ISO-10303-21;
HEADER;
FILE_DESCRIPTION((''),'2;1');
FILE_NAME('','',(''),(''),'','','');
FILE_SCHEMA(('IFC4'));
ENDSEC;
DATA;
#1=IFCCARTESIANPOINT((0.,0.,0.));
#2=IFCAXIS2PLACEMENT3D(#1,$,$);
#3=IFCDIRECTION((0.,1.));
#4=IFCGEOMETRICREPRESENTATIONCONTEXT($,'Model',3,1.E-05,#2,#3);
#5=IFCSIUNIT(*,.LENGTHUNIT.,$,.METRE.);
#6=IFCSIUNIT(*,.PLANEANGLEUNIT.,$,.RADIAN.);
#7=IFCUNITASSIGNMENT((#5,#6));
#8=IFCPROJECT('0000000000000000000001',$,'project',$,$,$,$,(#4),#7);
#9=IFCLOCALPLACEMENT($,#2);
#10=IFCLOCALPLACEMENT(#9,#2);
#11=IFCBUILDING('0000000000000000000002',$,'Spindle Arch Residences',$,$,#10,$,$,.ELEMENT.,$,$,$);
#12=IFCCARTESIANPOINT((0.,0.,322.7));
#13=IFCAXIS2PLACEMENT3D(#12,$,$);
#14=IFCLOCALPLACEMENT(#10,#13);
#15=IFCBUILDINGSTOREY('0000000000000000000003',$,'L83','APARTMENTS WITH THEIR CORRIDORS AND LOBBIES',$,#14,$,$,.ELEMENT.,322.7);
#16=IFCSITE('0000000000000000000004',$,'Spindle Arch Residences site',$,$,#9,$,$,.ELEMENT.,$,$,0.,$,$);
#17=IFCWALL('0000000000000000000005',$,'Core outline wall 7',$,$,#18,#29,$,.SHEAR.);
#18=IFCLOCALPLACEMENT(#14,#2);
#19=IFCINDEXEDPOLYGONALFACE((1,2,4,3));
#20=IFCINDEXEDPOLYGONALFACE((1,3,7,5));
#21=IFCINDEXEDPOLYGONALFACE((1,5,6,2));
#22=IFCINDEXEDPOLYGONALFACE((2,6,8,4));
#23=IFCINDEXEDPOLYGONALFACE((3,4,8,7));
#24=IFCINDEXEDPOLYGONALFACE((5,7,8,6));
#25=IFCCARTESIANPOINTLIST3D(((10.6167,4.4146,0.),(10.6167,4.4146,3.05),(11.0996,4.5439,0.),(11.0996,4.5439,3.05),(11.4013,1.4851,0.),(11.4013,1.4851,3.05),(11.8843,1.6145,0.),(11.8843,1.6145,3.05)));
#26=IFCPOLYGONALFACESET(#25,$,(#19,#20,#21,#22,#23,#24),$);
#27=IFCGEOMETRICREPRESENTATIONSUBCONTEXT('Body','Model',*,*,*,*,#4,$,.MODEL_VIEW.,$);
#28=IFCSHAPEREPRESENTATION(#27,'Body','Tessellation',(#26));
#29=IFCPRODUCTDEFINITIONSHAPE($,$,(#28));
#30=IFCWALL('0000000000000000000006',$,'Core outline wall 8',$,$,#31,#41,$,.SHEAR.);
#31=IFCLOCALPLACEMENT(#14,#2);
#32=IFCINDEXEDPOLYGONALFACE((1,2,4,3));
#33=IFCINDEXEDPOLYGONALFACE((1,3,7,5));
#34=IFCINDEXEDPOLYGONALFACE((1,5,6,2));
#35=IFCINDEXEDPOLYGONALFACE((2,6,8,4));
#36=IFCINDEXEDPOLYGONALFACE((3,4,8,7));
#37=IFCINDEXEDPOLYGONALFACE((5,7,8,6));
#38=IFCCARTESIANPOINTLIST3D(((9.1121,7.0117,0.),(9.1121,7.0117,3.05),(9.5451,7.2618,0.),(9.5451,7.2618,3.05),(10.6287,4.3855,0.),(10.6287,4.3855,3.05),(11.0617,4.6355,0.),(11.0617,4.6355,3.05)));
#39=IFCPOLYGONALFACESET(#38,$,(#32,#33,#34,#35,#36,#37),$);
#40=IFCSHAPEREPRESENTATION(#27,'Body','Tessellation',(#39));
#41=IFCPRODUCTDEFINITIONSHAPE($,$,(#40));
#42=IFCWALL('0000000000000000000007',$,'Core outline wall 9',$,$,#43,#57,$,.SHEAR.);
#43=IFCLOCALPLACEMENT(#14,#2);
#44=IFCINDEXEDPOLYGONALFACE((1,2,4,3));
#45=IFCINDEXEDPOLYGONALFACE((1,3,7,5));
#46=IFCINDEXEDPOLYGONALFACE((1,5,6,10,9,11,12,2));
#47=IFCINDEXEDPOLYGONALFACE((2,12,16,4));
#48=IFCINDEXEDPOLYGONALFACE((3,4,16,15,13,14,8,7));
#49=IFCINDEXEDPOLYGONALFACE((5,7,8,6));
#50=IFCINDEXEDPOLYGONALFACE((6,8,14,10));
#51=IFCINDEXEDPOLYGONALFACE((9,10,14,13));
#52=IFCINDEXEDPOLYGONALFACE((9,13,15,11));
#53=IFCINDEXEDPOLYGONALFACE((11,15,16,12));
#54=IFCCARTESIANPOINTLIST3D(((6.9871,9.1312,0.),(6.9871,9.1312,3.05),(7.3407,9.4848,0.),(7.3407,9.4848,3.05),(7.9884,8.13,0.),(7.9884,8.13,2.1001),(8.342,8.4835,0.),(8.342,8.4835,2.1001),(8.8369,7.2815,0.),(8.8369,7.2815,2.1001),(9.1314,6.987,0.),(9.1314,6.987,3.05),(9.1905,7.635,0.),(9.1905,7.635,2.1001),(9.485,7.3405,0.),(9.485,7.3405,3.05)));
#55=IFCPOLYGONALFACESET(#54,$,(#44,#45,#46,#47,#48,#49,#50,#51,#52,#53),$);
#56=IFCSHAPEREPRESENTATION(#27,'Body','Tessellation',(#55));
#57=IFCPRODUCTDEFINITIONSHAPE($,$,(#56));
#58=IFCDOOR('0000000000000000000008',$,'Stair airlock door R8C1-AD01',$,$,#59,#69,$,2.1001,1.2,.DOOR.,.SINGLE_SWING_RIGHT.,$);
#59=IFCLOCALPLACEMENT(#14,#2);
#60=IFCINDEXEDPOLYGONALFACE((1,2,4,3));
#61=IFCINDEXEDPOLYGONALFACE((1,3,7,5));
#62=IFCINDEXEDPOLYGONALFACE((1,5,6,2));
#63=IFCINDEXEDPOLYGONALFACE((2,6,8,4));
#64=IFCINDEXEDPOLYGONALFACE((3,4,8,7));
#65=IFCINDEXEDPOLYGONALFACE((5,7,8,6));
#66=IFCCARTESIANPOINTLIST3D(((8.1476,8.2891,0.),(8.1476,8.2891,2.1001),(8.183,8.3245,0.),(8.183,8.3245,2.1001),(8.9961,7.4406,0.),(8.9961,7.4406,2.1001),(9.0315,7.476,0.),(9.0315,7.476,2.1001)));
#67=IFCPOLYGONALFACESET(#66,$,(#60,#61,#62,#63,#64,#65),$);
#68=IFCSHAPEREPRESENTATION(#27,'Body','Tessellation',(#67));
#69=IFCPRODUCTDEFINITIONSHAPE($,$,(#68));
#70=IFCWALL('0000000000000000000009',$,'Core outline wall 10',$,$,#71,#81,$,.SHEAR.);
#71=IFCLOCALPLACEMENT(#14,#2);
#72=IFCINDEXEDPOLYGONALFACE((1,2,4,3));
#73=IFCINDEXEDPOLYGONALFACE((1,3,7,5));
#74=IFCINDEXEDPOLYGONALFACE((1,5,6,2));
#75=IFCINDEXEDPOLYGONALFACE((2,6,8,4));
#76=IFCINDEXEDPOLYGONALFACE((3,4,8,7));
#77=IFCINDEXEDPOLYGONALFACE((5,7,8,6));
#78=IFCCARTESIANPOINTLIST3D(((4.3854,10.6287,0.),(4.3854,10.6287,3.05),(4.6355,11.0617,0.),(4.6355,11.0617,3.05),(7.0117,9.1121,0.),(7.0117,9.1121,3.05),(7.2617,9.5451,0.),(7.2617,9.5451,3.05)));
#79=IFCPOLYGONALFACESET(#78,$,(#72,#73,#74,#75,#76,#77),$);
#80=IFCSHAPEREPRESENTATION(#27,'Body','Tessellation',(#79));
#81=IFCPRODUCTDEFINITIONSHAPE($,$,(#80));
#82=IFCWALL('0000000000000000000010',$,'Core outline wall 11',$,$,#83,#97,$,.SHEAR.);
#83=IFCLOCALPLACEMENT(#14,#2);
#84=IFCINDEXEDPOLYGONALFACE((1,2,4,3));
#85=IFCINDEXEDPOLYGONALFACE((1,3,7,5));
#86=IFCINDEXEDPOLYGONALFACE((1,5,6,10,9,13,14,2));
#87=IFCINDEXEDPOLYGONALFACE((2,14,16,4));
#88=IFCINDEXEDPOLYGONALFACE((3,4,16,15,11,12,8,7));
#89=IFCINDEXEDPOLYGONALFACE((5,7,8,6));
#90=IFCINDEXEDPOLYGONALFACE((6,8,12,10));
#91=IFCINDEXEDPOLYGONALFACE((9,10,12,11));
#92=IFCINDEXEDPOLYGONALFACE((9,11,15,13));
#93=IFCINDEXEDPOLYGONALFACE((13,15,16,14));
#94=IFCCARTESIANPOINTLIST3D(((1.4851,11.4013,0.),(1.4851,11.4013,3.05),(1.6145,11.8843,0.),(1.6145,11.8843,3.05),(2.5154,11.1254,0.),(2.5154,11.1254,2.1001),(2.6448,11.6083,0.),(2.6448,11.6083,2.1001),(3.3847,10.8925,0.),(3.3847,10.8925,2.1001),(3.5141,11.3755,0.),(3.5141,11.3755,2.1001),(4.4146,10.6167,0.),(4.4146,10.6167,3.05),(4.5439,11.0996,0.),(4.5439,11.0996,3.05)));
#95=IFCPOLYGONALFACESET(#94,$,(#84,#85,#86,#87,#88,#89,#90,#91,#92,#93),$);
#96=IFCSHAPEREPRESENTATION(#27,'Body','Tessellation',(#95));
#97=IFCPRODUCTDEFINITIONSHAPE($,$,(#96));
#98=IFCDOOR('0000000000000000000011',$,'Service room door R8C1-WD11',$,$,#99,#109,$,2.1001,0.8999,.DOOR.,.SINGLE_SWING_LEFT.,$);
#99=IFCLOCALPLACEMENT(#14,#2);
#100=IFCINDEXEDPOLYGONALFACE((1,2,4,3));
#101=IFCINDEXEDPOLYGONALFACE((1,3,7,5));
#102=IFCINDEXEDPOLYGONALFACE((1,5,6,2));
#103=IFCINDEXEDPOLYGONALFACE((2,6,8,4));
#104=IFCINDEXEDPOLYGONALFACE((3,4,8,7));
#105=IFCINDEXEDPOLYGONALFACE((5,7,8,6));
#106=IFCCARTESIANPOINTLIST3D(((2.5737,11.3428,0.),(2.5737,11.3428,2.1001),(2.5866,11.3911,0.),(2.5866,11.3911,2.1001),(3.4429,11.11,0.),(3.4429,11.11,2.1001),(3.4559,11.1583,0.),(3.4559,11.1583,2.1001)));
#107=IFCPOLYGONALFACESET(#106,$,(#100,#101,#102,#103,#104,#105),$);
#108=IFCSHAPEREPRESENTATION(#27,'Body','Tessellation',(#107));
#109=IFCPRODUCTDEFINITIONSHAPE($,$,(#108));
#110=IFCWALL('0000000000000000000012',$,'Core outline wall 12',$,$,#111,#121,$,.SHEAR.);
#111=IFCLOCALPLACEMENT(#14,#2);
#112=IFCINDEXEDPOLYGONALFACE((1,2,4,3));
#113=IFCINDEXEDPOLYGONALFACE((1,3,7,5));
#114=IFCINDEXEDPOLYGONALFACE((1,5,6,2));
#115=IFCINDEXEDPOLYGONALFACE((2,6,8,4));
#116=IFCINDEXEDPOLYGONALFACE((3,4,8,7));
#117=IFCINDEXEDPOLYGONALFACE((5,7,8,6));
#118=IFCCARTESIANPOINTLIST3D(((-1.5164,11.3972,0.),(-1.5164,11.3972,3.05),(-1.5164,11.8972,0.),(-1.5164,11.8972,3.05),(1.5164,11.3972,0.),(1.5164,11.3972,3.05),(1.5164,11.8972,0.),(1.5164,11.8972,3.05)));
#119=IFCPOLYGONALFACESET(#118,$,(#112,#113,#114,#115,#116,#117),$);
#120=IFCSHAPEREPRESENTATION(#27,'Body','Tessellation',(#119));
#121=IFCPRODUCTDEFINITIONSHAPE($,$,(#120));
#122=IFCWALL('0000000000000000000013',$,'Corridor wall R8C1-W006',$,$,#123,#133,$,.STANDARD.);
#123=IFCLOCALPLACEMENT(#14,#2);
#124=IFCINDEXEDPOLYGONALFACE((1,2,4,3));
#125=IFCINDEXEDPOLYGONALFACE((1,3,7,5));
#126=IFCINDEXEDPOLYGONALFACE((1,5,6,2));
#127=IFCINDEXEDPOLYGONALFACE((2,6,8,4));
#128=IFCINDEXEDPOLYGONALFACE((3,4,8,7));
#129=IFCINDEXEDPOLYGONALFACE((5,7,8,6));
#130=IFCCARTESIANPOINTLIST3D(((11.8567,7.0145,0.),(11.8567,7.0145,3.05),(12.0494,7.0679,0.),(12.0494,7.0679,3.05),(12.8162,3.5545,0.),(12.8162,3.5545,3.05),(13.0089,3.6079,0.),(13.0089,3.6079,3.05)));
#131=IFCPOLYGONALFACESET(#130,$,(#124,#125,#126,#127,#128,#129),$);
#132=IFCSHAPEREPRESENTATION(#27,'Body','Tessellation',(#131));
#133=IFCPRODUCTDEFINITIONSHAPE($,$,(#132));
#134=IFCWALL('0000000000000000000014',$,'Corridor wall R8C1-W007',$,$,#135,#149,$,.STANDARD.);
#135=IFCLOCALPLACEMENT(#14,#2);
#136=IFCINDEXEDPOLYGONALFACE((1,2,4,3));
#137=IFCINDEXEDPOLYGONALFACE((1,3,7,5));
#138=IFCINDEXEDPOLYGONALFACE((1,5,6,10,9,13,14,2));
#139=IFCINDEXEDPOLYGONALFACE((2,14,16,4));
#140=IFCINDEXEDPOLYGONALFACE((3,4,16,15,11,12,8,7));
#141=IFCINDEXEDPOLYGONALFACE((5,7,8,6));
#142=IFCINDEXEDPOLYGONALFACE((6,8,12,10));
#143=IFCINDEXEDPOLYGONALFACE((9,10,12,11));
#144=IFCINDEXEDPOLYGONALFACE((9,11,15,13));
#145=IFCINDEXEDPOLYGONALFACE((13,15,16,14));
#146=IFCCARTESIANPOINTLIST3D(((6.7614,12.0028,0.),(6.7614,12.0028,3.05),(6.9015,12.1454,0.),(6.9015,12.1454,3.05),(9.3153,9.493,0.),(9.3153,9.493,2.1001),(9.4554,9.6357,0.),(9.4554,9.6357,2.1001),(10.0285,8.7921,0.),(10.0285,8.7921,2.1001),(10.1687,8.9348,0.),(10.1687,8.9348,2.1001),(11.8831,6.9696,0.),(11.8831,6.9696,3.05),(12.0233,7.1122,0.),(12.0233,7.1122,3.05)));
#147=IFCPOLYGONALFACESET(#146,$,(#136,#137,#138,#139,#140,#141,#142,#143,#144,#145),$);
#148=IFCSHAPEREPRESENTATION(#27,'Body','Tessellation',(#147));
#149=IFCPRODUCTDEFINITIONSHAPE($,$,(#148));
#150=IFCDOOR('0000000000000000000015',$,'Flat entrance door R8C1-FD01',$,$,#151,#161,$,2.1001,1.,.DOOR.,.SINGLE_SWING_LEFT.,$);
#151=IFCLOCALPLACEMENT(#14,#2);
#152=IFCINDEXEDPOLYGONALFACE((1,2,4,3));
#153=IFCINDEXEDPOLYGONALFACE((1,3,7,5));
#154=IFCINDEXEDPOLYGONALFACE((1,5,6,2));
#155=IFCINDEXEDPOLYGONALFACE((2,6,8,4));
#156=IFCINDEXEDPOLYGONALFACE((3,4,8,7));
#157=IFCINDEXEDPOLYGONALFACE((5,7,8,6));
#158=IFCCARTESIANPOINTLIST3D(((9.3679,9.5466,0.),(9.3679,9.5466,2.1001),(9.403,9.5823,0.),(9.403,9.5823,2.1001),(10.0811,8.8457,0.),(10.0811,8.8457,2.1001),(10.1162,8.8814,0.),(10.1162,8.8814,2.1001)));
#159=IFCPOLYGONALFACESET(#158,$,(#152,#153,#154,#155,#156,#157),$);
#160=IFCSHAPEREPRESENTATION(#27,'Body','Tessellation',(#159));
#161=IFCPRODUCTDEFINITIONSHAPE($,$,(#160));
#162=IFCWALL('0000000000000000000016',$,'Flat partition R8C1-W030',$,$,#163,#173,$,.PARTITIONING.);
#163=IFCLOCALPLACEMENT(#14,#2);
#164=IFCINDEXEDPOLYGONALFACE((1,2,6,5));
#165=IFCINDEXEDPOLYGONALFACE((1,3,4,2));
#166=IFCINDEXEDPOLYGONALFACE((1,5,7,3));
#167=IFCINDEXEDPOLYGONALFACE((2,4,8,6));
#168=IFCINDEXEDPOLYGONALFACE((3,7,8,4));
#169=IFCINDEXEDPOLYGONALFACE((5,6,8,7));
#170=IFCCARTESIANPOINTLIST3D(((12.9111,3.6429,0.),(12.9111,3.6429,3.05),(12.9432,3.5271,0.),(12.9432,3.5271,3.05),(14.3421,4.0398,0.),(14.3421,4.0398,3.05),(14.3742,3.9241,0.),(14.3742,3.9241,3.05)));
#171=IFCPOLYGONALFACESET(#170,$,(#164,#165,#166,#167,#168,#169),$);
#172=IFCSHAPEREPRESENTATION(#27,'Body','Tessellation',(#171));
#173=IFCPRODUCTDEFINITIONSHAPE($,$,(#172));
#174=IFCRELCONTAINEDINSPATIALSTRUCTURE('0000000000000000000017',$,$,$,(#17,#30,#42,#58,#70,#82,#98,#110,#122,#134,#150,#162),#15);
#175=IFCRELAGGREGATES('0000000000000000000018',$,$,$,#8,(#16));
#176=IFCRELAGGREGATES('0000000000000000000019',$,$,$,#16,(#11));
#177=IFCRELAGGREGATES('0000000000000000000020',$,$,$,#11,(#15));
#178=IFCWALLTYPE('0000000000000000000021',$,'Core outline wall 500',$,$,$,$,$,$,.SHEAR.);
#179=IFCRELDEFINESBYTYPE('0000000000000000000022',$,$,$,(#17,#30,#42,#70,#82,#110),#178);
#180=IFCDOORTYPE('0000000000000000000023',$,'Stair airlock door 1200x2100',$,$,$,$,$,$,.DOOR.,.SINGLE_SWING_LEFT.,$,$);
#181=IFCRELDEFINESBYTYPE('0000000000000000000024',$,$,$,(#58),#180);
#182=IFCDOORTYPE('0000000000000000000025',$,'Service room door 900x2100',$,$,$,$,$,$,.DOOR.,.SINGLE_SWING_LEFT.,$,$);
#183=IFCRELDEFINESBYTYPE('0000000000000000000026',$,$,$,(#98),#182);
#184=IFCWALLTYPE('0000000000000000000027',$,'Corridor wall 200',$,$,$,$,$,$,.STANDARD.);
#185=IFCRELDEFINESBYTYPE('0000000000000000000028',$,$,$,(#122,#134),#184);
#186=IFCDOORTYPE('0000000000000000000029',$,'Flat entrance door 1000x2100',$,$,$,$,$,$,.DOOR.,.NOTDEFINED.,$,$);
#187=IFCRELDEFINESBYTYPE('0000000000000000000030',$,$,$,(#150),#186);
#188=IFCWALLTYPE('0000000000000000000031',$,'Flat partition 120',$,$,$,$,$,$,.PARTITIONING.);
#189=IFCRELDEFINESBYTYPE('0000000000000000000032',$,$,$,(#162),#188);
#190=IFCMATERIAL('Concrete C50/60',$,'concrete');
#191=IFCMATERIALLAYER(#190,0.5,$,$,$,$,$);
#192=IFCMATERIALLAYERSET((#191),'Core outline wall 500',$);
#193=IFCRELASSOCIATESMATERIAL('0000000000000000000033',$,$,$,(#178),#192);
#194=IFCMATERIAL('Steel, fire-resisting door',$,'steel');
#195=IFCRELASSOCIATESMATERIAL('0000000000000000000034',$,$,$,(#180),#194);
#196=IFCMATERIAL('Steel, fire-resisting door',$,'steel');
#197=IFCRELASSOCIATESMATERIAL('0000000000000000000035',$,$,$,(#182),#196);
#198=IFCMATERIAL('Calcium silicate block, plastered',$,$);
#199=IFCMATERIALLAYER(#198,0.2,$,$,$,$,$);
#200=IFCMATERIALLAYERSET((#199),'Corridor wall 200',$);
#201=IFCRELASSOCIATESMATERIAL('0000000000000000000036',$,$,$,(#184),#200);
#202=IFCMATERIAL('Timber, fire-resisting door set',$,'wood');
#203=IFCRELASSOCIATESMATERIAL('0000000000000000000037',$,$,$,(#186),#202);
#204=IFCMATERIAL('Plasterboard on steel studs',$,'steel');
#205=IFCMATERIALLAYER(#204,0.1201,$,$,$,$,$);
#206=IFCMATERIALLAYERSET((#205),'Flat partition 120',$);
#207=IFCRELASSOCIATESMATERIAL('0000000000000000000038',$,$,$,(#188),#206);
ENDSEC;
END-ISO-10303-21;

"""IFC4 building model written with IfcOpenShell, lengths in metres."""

from ifc_helpers import new_model, si_unit, direction, frame, frame_2d, origin, place, context, subcontext, project, spatial, rectangle, extrude, material, layer, layer_set, type_object, element, fill, save


model = new_model("IFC4")

# Units and contexts
model_context = context("Model", 3, precision=1e-05, world=origin(), true_north=direction((0.0, 1.0)))
body_context = subcontext(model_context, "Body", "Model", "MODEL_VIEW")
ifc_project = project(units=[si_unit("LENGTHUNIT", "METRE"), si_unit("PLANEANGLEUNIT", "RADIAN")], contexts=[model_context])

# Site, building, storey
site_placement = place(None, origin())
site = spatial("IfcSite", under=ifc_project, at=site_placement, Name="Spindle Arch Residences site", CompositionType="ELEMENT", RefElevation=0.0)
building_placement = place(site_placement, origin())
building = spatial("IfcBuilding", under=site, at=building_placement, Name="Spindle Arch Residences", CompositionType="ELEMENT")
storey_placement = place(building_placement, frame((0.0, 0.0, 322.7)))
storey = spatial("IfcBuildingStorey", under=building, at=storey_placement, Name="L83", Description="APARTMENTS WITH THEIR CORRIDORS AND LOBBIES", CompositionType="ELEMENT", Elevation=322.7)

# Walls
ifc_material_1 = material(Name="Concrete C50/60", Category="concrete")
ifc_layer_1 = layer(ifc_material_1, 0.5)
ifc_layer_set_1 = layer_set([ifc_layer_1], Name="Core outline wall 500")
wall_type_1 = type_object("IfcWallType", Name="Core outline wall 500", PredefinedType="SHEAR", material=ifc_layer_set_1)
for number, where, z_axis, x_axis, name in (
    (1, (11.6428, 1.5498, 0.0), (0.0, 0.0, 1.0), (-0.258735, 0.965948, 0.0), "Core outline wall 7"),
    (2, (10.8452, 4.5105, 0.0), (0.0, 0.0, 1.0), (-0.500087, 0.865975, 0.0), "Core outline wall 8"),
):
    element("IfcWall", number, at=place(storey_placement, frame(where, z_axis=z_axis, x_axis=x_axis)), inside=storey, type_object=wall_type_1, Name=name, PredefinedType="SHEAR", context=body_context, shape_type="SweptSolid", body=[
        extrude(rectangle(XDim=3.0327, YDim=0.5, at=frame_2d((1.5164, 0.0))), origin(), (0.0, 0.0, 1.0), 3.05),
    ])

# Wall, opening, door
wall_1_placement = place(storey_placement, frame((9.3081, 7.1638, 0.0), z_axis=(0.0, 0.0, 1.0), x_axis=(-0.707107, 0.707107, 0.0)))
wall_1 = element("IfcWall", 3, at=wall_1_placement, inside=storey, type_object=wall_type_1, Name="Core outline wall 9", PredefinedType="SHEAR", context=body_context, shape_type="SweptSolid", body=[
    extrude(rectangle(XDim=3.0325, YDim=0.5, at=frame_2d((1.5161, 0.0))), origin(), (0.0, 0.0, 1.0), 3.05),
])
opening_1_placement = place(wall_1_placement, frame((0.4163, 0.0, 0.0)))
opening_1 = element("IfcOpeningElement", 4, at=opening_1_placement, cuts=wall_1, PredefinedType="OPENING", context=body_context, shape_type="SweptSolid", body=[
    extrude(rectangle(XDim=1.2, YDim=2.1001, at=frame_2d((0.6001, 1.05))), frame((0.0, 0.26, 0.0), z_axis=(0.0, -1.0, 0.0), x_axis=(1.0, 0.0, 0.0)), (0.0, 0.0, 1.0), 0.52),
])
ifc_material_2 = material(Name="Steel, fire-resisting door", Category="steel")
door_type_1 = type_object("IfcDoorType", Name="Stair airlock door 1200x2100", OperationType="SINGLE_SWING_LEFT", PredefinedType="DOOR", material=ifc_material_2)
door_1_placement = place(opening_1_placement, origin())
door_1 = element("IfcDoor", 5, at=door_1_placement, inside=storey, type_object=door_type_1, Name="Stair airlock door R8C1-AD01", OperationType="SINGLE_SWING_RIGHT", OverallHeight=2.1001, OverallWidth=1.2, PredefinedType="DOOR", context=body_context, shape_type="SweptSolid", body=[
    extrude(rectangle(XDim=1.2, YDim=2.1001, at=frame_2d((0.6001, 1.05))), frame((0.0, 0.0249, 0.0), z_axis=(0.0, -1.0, 0.0), x_axis=(1.0, 0.0, 0.0)), (0.0, 0.0, 1.0), 0.05),
])
fill(opening_1, door_1)

# Wall
wall_2_placement = place(storey_placement, frame((7.1367, 9.3286, 0.0), z_axis=(0.0, 0.0, 1.0), x_axis=(-0.865975, 0.500087, 0.0)))
element("IfcWall", 6, at=wall_2_placement, inside=storey, type_object=wall_type_1, Name="Core outline wall 10", PredefinedType="SHEAR", context=body_context, shape_type="SweptSolid", body=[
    extrude(rectangle(XDim=3.0327, YDim=0.5, at=frame_2d((1.5164, 0.0))), origin(), (0.0, 0.0, 1.0), 3.05),
])

# Wall, opening, door
wall_3_placement = place(storey_placement, frame((4.4792, 10.8582, 0.0), z_axis=(0.0, 0.0, 1.0), x_axis=(-0.965948, 0.258735, 0.0)))
wall_3 = element("IfcWall", 7, at=wall_3_placement, inside=storey, type_object=wall_type_1, Name="Core outline wall 11", PredefinedType="SHEAR", context=body_context, shape_type="SweptSolid", body=[
    extrude(rectangle(XDim=3.0327, YDim=0.5, at=frame_2d((1.5164, 0.0))), origin(), (0.0, 0.0, 1.0), 3.05),
])
opening_2_placement = place(wall_3_placement, frame((1.0662, 0.0, 0.0)))
opening_2 = element("IfcOpeningElement", 8, at=opening_2_placement, cuts=wall_3, PredefinedType="OPENING", context=body_context, shape_type="SweptSolid", body=[
    extrude(rectangle(XDim=0.8999, YDim=2.1001, at=frame_2d((0.45, 1.05))), frame((0.0, 0.26, 0.0), z_axis=(0.0, -1.0, 0.0), x_axis=(1.0, 0.0, 0.0)), (0.0, 0.0, 1.0), 0.52),
])
ifc_material_3 = material(Name="Steel, fire-resisting door", Category="steel")
door_type_2 = type_object("IfcDoorType", Name="Service room door 900x2100", OperationType="SINGLE_SWING_LEFT", PredefinedType="DOOR", material=ifc_material_3)
door_2_placement = place(opening_2_placement, origin())
door_2 = element("IfcDoor", 9, at=door_2_placement, inside=storey, type_object=door_type_2, Name="Service room door R8C1-WD11", OperationType="SINGLE_SWING_LEFT", OverallHeight=2.1001, OverallWidth=0.8999, PredefinedType="DOOR", context=body_context, shape_type="SweptSolid", body=[
    extrude(rectangle(XDim=0.8999, YDim=2.1001, at=frame_2d((0.45, 1.05))), frame((0.0, 0.0249, 0.0), z_axis=(0.0, -1.0, 0.0), x_axis=(1.0, 0.0, 0.0)), (0.0, 0.0, 1.0), 0.05),
])
fill(opening_2, door_2)

# Walls
wall_4_placement = place(storey_placement, frame((1.5164, 11.6472, 0.0), z_axis=(0.0, 0.0, 1.0), x_axis=(-1.0, 0.0, 0.0)))
element("IfcWall", 10, at=wall_4_placement, inside=storey, type_object=wall_type_1, Name="Core outline wall 12", PredefinedType="SHEAR", context=body_context, shape_type="SweptSolid", body=[
    extrude(rectangle(XDim=3.0327, YDim=0.5, at=frame_2d((1.5164, 0.0))), origin(), (0.0, 0.0, 1.0), 3.05),
])
ifc_material_4 = material(Name="Calcium silicate block, plastered")
ifc_layer_2 = layer(ifc_material_4, 0.2)
ifc_layer_set_2 = layer_set([ifc_layer_2], Name="Corridor wall 200")
wall_type_2 = type_object("IfcWallType", Name="Corridor wall 200", PredefinedType="STANDARD", material=ifc_layer_set_2)
wall_5_placement = place(storey_placement, frame((12.9126, 3.5811, 0.0), z_axis=(0.0, 0.0, 1.0), x_axis=(-0.267223, 0.963635, 0.0)))
element("IfcWall", 11, at=wall_5_placement, inside=storey, type_object=wall_type_2, Name="Corridor wall R8C1-W006", PredefinedType="STANDARD", context=body_context, shape_type="SweptSolid", body=[
    extrude(rectangle(XDim=3.5906, YDim=0.2, at=frame_2d((1.7954, 0.0))), origin(), (0.0, 0.0, 1.0), 3.05),
])

# Wall, opening, door
wall_6_placement = place(storey_placement, frame((11.9531, 7.041, 0.0), z_axis=(0.0, 0.0, 1.0), x_axis=(-0.713251, 0.700909, 0.0)))
wall_6 = element("IfcWall", 12, at=wall_6_placement, inside=storey, type_object=wall_type_2, Name="Corridor wall R8C1-W007", PredefinedType="STANDARD", context=body_context, shape_type="SweptSolid", body=[
    extrude(rectangle(XDim=7.1809, YDim=0.2, at=frame_2d((3.5903, 0.0))), origin(), (0.0, 0.0, 1.0), 3.05),
])
opening_3_placement = place(wall_6_placement, frame((2.6001, 0.0, 0.0)))
opening_3 = element("IfcOpeningElement", 13, at=opening_3_placement, cuts=wall_6, PredefinedType="OPENING", context=body_context, shape_type="SweptSolid", body=[
    extrude(rectangle(XDim=1.0, YDim=2.1001, at=frame_2d((0.5, 1.05))), frame((0.0, 0.1099, 0.0), z_axis=(0.0, -1.0, 0.0), x_axis=(1.0, 0.0, 0.0)), (0.0, 0.0, 1.0), 0.22),
])
ifc_material_5 = material(Name="Timber, fire-resisting door set", Category="wood")
door_type_3 = type_object("IfcDoorType", Name="Flat entrance door 1000x2100", OperationType="NOTDEFINED", PredefinedType="DOOR", material=ifc_material_5)
door_3_placement = place(opening_3_placement, origin())
door_3 = element("IfcDoor", 14, at=door_3_placement, inside=storey, type_object=door_type_3, Name="Flat entrance door R8C1-FD01", OperationType="SINGLE_SWING_LEFT", OverallHeight=2.1001, OverallWidth=1.0, PredefinedType="DOOR", context=body_context, shape_type="SweptSolid", body=[
    extrude(rectangle(XDim=1.0, YDim=2.1001, at=frame_2d((0.5, 1.05))), frame((0.0, 0.0249, 0.0), z_axis=(0.0, -1.0, 0.0), x_axis=(1.0, 0.0, 0.0)), (0.0, 0.0, 1.0), 0.05),
])
fill(opening_3, door_3)

# Wall
ifc_material_6 = material(Name="Plasterboard on steel studs", Category="steel")
ifc_layer_3 = layer(ifc_material_6, 0.1201)
ifc_layer_set_3 = layer_set([ifc_layer_3], Name="Flat partition 120")
wall_type_3 = type_object("IfcWallType", Name="Flat partition 120", PredefinedType="PARTITIONING", material=ifc_layer_set_3)
wall_7_placement = place(storey_placement, frame((12.927, 3.585, 0.0), z_axis=(0.0, 0.0, 1.0), x_axis=(0.963617, 0.267288, 0.0)))
element("IfcWall", 15, at=wall_7_placement, inside=storey, type_object=wall_type_3, Name="Flat partition R8C1-W030", PredefinedType="PARTITIONING", context=body_context, shape_type="SweptSolid", body=[
    extrude(rectangle(XDim=1.4851, YDim=0.1201, at=frame_2d((0.7427, 0.0))), origin(), (0.0, 0.0, 1.0), 3.05),
])

save(model, "model.ifc")
